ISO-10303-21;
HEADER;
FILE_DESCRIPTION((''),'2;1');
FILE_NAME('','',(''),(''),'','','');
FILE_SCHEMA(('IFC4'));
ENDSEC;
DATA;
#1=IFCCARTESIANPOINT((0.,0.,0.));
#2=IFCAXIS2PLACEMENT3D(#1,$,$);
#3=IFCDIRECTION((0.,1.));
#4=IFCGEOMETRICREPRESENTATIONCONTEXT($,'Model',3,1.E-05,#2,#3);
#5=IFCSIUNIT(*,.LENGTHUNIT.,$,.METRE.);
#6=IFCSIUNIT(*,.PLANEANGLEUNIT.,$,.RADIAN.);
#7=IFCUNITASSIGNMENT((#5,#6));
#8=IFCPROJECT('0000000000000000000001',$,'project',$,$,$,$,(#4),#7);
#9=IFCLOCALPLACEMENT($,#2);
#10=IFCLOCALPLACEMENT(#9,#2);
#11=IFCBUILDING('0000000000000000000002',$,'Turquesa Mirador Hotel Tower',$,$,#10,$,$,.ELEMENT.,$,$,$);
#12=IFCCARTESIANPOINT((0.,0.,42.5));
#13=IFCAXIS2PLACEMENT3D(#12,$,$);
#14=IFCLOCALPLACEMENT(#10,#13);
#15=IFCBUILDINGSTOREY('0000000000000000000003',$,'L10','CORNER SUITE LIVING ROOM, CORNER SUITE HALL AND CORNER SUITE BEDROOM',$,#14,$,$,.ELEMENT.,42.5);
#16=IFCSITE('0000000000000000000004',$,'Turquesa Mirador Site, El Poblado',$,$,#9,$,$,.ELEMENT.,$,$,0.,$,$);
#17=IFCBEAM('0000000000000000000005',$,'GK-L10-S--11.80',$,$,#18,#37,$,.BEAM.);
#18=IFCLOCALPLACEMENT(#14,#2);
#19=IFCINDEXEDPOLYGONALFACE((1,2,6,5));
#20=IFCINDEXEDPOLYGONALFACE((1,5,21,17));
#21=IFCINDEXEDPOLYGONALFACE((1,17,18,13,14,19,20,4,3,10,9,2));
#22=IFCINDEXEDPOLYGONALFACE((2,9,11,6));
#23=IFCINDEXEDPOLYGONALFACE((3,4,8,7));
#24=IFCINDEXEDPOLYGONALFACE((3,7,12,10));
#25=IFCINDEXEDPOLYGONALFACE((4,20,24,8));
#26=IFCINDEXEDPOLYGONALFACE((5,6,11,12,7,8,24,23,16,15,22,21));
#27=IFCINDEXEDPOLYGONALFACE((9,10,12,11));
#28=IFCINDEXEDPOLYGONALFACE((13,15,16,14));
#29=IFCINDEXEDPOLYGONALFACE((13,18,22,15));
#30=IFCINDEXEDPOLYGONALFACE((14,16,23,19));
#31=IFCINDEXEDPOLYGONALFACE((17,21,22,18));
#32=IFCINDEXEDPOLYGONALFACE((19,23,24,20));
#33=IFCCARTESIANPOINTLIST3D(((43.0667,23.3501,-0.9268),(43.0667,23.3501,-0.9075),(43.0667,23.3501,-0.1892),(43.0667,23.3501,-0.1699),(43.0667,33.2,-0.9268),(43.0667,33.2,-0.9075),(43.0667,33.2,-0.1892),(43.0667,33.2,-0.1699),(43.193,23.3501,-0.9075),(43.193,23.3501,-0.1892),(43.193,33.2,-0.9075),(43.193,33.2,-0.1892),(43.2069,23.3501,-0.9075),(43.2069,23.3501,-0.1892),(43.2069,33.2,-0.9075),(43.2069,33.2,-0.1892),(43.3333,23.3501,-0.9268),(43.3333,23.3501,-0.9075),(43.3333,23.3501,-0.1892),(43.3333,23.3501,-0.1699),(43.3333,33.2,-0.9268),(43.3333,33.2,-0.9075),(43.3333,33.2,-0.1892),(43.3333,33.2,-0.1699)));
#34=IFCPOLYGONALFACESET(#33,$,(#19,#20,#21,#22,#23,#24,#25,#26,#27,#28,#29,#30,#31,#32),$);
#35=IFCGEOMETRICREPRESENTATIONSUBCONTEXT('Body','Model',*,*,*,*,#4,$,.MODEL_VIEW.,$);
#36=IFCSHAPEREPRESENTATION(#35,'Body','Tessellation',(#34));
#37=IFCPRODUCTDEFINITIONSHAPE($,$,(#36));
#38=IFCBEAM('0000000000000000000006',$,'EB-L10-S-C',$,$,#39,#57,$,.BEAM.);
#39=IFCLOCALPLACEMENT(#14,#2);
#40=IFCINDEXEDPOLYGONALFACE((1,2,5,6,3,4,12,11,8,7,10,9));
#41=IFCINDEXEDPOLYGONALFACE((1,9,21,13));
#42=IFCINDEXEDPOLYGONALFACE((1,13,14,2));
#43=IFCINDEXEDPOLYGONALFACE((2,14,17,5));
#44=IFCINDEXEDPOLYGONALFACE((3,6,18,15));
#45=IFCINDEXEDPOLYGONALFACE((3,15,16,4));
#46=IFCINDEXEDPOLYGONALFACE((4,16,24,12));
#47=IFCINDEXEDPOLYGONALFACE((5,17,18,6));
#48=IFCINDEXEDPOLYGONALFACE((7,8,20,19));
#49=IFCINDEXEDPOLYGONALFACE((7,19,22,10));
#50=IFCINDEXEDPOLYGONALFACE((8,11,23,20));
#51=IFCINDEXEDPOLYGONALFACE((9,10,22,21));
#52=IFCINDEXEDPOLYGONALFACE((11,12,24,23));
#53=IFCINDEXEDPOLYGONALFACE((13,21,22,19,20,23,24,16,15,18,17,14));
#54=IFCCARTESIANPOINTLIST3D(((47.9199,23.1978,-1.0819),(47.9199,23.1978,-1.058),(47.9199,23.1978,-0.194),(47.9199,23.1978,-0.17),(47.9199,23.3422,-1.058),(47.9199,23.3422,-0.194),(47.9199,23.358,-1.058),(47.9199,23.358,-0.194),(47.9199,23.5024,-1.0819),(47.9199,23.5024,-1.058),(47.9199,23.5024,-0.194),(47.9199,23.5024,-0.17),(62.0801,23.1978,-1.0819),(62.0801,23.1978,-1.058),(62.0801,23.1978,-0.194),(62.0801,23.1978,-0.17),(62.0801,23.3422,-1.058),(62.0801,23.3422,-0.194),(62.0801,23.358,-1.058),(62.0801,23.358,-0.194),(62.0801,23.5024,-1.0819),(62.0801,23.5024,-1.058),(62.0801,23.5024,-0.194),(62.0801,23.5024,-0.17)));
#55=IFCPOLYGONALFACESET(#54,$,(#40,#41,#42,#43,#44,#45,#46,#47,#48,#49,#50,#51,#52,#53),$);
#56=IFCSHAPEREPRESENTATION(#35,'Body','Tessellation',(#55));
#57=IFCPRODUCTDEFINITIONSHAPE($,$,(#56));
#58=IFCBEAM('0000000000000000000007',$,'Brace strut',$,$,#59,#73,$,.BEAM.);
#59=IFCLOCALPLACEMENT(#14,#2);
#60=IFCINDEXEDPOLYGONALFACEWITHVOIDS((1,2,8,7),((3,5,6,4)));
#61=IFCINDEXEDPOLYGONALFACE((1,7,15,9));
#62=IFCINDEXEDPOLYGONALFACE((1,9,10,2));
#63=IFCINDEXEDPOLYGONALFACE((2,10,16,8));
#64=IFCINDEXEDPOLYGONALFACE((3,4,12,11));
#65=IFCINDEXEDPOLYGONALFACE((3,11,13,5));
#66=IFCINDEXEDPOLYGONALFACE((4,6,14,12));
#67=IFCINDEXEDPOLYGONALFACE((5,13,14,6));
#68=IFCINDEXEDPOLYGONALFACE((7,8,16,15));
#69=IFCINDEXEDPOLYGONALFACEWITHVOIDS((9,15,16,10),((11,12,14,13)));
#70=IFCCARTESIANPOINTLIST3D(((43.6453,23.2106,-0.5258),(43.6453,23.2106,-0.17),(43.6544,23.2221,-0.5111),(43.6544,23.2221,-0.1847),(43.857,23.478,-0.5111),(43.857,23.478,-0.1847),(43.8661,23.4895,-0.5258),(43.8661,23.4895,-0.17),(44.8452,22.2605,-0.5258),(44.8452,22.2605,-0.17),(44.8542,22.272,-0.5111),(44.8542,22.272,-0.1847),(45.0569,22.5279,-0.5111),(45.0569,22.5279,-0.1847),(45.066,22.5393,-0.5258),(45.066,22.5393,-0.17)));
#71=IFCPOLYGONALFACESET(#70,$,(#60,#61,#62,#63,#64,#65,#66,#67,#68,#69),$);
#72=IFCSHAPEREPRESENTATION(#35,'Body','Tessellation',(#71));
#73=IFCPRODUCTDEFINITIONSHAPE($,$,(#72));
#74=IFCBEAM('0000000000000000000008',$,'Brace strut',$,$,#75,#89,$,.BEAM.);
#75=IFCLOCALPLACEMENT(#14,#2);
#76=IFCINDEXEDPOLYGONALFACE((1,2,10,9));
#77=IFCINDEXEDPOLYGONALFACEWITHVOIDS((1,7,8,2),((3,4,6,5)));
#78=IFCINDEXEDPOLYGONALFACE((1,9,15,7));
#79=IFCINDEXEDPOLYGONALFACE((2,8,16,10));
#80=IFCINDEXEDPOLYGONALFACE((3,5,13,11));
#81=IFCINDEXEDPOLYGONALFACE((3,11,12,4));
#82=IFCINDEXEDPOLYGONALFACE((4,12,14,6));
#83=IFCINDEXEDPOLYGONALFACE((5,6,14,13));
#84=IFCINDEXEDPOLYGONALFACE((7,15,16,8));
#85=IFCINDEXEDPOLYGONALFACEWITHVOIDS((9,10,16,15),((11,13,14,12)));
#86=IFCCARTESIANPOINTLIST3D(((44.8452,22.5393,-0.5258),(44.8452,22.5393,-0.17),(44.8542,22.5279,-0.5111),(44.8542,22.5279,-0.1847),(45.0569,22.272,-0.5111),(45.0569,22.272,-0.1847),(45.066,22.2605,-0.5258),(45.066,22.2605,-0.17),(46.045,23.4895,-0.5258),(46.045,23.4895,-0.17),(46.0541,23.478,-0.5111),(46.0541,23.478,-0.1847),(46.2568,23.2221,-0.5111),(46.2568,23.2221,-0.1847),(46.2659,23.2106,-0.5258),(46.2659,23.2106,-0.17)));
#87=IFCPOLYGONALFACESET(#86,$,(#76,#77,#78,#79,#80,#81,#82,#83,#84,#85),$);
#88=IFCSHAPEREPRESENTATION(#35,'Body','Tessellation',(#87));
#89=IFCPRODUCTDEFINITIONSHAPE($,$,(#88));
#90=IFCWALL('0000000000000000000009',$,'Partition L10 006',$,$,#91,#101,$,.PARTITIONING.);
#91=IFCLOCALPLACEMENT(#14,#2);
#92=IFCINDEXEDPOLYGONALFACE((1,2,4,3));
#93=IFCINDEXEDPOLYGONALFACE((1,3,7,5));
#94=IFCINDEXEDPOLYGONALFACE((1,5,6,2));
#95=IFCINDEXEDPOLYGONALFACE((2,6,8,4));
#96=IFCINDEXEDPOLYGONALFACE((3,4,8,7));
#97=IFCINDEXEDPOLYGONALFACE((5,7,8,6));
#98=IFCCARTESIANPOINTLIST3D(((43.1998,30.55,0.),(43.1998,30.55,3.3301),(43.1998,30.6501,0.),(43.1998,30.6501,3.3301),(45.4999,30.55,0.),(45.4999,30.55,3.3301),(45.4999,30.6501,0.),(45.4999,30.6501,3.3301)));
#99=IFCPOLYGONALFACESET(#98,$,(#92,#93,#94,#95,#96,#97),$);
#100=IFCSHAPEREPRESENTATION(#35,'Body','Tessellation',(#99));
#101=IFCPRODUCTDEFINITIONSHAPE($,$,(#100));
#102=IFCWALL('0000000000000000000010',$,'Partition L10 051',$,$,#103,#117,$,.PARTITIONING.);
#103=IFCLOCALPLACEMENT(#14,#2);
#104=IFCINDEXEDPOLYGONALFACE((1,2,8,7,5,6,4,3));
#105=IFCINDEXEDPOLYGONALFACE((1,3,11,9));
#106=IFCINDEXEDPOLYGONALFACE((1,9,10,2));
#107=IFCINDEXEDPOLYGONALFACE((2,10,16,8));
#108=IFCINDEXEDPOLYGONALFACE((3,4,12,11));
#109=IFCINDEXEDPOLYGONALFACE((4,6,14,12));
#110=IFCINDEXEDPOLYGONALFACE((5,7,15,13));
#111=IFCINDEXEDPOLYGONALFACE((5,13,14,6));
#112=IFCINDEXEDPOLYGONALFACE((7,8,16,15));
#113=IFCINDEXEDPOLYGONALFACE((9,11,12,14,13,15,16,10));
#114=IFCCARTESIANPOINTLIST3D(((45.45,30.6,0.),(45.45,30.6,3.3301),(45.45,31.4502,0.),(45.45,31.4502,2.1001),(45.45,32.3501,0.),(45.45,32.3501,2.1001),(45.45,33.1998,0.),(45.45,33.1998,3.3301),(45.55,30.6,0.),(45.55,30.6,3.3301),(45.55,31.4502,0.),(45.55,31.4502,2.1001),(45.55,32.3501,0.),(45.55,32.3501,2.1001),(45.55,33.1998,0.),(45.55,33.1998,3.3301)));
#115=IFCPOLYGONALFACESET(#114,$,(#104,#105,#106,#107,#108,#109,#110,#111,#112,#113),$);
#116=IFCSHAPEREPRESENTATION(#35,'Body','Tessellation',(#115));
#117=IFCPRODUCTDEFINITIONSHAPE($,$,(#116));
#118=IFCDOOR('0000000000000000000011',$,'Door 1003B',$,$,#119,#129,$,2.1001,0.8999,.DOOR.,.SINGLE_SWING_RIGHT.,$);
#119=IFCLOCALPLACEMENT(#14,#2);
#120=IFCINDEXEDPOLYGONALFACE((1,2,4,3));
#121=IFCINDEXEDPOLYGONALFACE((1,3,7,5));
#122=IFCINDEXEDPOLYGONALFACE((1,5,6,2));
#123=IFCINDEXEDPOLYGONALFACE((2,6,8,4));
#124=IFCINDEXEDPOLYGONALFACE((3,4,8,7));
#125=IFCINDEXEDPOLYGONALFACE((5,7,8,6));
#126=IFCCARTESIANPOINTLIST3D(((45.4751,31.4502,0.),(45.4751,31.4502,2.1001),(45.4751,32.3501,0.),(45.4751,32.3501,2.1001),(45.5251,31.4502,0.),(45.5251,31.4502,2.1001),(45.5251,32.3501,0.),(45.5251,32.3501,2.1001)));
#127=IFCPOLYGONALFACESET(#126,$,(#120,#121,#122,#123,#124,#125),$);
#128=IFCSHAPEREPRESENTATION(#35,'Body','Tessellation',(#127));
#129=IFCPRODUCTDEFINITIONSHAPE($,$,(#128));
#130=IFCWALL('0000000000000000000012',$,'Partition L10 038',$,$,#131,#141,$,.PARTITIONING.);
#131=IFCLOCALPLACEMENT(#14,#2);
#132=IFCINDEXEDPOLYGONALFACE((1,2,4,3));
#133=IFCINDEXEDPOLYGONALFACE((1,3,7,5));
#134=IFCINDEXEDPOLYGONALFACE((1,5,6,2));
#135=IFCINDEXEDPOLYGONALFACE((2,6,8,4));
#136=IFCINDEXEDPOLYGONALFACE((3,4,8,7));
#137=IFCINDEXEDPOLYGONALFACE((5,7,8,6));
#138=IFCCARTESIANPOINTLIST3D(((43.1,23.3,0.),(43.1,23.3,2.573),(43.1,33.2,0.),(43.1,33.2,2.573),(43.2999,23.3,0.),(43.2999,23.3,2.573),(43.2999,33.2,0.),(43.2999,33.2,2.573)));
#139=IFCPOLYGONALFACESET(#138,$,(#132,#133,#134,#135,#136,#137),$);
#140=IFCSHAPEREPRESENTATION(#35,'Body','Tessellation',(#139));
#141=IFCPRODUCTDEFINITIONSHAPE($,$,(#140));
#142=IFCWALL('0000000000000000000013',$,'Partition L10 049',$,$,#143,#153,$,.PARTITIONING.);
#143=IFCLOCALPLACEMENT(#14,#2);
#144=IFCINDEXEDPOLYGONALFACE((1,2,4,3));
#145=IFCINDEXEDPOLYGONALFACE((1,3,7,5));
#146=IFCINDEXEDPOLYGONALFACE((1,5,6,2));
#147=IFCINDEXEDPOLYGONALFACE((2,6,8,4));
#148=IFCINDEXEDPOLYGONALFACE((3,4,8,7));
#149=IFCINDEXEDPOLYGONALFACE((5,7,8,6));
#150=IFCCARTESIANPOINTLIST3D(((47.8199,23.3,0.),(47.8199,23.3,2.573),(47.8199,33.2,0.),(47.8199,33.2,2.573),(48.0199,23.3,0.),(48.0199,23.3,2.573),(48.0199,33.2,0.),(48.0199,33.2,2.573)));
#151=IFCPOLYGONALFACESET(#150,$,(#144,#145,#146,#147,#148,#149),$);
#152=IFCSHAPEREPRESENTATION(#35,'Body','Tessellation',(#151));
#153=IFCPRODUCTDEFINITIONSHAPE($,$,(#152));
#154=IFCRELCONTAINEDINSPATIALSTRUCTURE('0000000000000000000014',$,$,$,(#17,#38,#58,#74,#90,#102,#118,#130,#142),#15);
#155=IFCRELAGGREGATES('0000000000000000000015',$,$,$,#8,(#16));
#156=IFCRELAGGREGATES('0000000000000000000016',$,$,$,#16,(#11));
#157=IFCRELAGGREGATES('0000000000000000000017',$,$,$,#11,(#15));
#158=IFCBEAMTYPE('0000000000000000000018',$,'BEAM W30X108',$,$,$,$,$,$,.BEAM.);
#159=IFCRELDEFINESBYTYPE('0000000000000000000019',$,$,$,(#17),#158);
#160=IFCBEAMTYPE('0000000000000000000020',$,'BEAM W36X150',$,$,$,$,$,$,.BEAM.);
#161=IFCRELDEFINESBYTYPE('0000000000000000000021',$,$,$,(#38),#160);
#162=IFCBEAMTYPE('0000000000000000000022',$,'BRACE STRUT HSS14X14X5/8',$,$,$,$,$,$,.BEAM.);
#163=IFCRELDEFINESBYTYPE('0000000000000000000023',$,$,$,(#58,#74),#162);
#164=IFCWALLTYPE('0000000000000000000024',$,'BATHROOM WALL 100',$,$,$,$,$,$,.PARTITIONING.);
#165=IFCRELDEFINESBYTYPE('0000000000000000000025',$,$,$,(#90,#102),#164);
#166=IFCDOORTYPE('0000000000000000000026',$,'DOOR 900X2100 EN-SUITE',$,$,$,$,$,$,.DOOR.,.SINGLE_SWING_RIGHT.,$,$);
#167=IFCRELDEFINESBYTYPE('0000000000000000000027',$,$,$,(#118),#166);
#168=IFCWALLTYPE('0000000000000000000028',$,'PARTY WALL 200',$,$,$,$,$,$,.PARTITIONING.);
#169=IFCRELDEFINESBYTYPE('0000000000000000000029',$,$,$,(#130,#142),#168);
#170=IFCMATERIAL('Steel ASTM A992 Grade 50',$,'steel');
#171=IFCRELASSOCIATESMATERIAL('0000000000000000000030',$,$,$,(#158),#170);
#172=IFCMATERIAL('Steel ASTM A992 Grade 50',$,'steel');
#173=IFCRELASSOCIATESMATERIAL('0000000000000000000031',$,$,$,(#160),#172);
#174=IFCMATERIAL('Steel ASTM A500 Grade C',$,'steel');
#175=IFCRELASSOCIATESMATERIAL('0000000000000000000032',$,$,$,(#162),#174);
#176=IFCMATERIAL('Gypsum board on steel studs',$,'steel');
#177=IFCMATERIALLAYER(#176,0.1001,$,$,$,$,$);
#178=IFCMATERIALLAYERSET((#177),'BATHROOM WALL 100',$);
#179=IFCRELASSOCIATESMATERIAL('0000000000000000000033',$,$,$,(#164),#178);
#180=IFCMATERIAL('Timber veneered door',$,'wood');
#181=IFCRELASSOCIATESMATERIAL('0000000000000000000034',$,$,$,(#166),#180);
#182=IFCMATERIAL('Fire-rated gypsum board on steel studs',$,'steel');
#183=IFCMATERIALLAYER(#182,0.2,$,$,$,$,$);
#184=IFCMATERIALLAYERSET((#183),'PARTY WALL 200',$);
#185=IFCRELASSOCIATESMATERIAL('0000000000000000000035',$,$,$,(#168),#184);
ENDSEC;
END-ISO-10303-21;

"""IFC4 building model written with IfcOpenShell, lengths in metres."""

from ifc_helpers import new_model, si_unit, direction, frame, frame_2d, origin, origin_2d, place, context, subcontext, project, spatial, rectangle, hollow_rectangle, i_section, extrude, material, layer, layer_set, material_profile, profile_set, type_object, element, fill, save


model = new_model("IFC4")

# Units and contexts
model_context = context("Model", 3, precision=1e-05, world=origin(), true_north=direction((0.0, 1.0)))
body_context = subcontext(model_context, "Body", "Model", "MODEL_VIEW")
ifc_project = project(units=[si_unit("LENGTHUNIT", "METRE"), si_unit("PLANEANGLEUNIT", "RADIAN")], contexts=[model_context])

# Site, building, storey
site_placement = place(None, origin())
site = spatial("IfcSite", under=ifc_project, at=site_placement, Name="Turquesa Mirador Site, El Poblado", CompositionType="ELEMENT", RefElevation=0.0)
building_placement = place(site_placement, origin())
building = spatial("IfcBuilding", under=site, at=building_placement, Name="Turquesa Mirador Hotel Tower", CompositionType="ELEMENT")
storey_placement = place(building_placement, frame((0.0, 0.0, 42.5)))
storey = spatial("IfcBuildingStorey", under=building, at=storey_placement, Name="L10", Description="CORNER SUITE LIVING ROOM, CORNER SUITE HALL AND CORNER SUITE BEDROOM", CompositionType="ELEMENT", Elevation=42.5)

# Beams
ifc_material_1 = material(Name="Steel ASTM A992 Grade 50", Category="steel")
ifc_material_profile_1 = material_profile(ifc_material_1, i_section(OverallWidth=0.2666, OverallDepth=0.7568, WebThickness=0.0139, FlangeThickness=0.0193, at=origin_2d()), Name="W30X108")
ifc_profile_set_1 = profile_set([ifc_material_profile_1], Name="Steel ASTM A992 Grade 50")
beam_type_1 = type_object("IfcBeamType", Name="BEAM W30X108", PredefinedType="BEAM", material=ifc_profile_set_1)
beam_1_placement = place(storey_placement, frame((43.2, 23.3501, -0.5483), z_axis=(0.0, 1.0, 0.0), x_axis=(-1.0, 0.0, 0.0)))
element("IfcBeam", 1, at=beam_1_placement, inside=storey, type_object=beam_type_1, Name="GK-L10-S--11.80", PredefinedType="BEAM", context=body_context, shape_type="SweptSolid", body=[
    extrude(i_section(OverallWidth=0.2666, OverallDepth=0.7568, WebThickness=0.0139, FlangeThickness=0.0193, at=origin_2d()), origin(), (0.0, 0.0, 1.0), 9.8499),
])
ifc_material_2 = material(Name="Steel ASTM A992 Grade 50", Category="steel")
ifc_material_profile_2 = material_profile(ifc_material_2, i_section(OverallWidth=0.3047, OverallDepth=0.9119, WebThickness=0.0159, FlangeThickness=0.0239, at=origin_2d()), Name="W36X150")
ifc_profile_set_2 = profile_set([ifc_material_profile_2], Name="Steel ASTM A992 Grade 50")
beam_type_2 = type_object("IfcBeamType", Name="BEAM W36X150", PredefinedType="BEAM", material=ifc_profile_set_2)
beam_2_placement = place(storey_placement, frame((47.9199, 23.3501, -0.626), z_axis=(1.0, 0.0, 0.0), x_axis=(0.0, 1.0, 0.0)))
element("IfcBeam", 2, at=beam_2_placement, inside=storey, type_object=beam_type_2, Name="EB-L10-S-C", PredefinedType="BEAM", context=body_context, shape_type="SweptSolid", body=[
    extrude(i_section(OverallWidth=0.3047, OverallDepth=0.9119, WebThickness=0.0159, FlangeThickness=0.0239, at=origin_2d()), origin(), (0.0, 0.0, 1.0), 14.1602),
])
ifc_material_3 = material(Name="Steel ASTM A500 Grade C", Category="steel")
ifc_material_profile_3 = material_profile(ifc_material_3, hollow_rectangle(XDim=0.3557, YDim=0.3557, WallThickness=0.0146, at=origin_2d()), Name="HSS14X14X5/8")
ifc_profile_set_3 = profile_set([ifc_material_profile_3], Name="Steel ASTM A500 Grade C")
beam_type_3 = type_object("IfcBeamType", Name="BRACE STRUT HSS14X14X5/8", PredefinedType="BEAM", material=ifc_profile_set_3)
for number, where, z_axis, x_axis, name in (
    (3, (44.9556, 22.3999, -0.3479), (-0.783971, 0.620797, 0.0), (-0.620797, -0.783971, 0.0), "Brace strut"),
    (4, (44.9556, 22.3999, -0.3479), (0.783971, 0.620797, 0.0), (-0.620797, 0.783971, 0.0), "Brace strut"),
):
    element("IfcBeam", number, at=place(storey_placement, frame(where, z_axis=z_axis, x_axis=x_axis)), inside=storey, type_object=beam_type_3, Name=name, PredefinedType="BEAM", context=body_context, shape_type="SweptSolid", body=[
        extrude(hollow_rectangle(XDim=0.3557, YDim=0.3557, WallThickness=0.0146, at=origin_2d()), origin(), (0.0, 0.0, 1.0), 1.5305),
    ])

# Wall
ifc_material_4 = material(Name="Gypsum board on steel studs", Category="steel")
ifc_layer_1 = layer(ifc_material_4, 0.1001)
ifc_layer_set_1 = layer_set([ifc_layer_1], Name="BATHROOM WALL 100")
wall_type_1 = type_object("IfcWallType", Name="BATHROOM WALL 100", PredefinedType="PARTITIONING", material=ifc_layer_set_1)
wall_1_placement = place(storey_placement, frame((43.2, 30.6001, 0.0), z_axis=(0.0, 0.0, 1.0), x_axis=(1.0, 0.0, 0.0)))
element("IfcWall", 5, at=wall_1_placement, inside=storey, type_object=wall_type_1, Name="Partition L10 006", PredefinedType="PARTITIONING", context=body_context, shape_type="SweptSolid", body=[
    extrude(rectangle(XDim=2.3, YDim=0.1001, at=frame_2d((1.1499, 0.0))), origin(), (0.0, 0.0, 1.0), 3.3301),
])

# Wall, opening, door
wall_2_placement = place(storey_placement, frame((45.5, 30.6001, 0.0), z_axis=(0.0, 0.0, 1.0), x_axis=(0.0, 1.0, 0.0)))
wall_2 = element("IfcWall", 6, at=wall_2_placement, inside=storey, type_object=wall_type_1, Name="Partition L10 051", PredefinedType="PARTITIONING", context=body_context, shape_type="SweptSolid", body=[
    extrude(rectangle(XDim=2.5999, YDim=0.1001, at=frame_2d((1.2998, 0.0))), origin(), (0.0, 0.0, 1.0), 3.3301),
])
opening_placement = place(wall_2_placement, frame((0.8501, 0.0, 0.0)))
opening = element("IfcOpeningElement", 7, at=opening_placement, cuts=wall_2, PredefinedType="OPENING", context=body_context, shape_type="SweptSolid", body=[
    extrude(rectangle(XDim=0.8999, YDim=2.1001, at=frame_2d((0.45, 1.05))), frame((0.0, 0.0601, 0.0), z_axis=(0.0, -1.0, 0.0), x_axis=(1.0, 0.0, 0.0)), (0.0, 0.0, 1.0), 0.1201),
])
ifc_material_5 = material(Name="Timber veneered door", Category="wood")
door_type = type_object("IfcDoorType", Name="DOOR 900X2100 EN-SUITE", OperationType="SINGLE_SWING_RIGHT", PredefinedType="DOOR", material=ifc_material_5)
door_placement = place(opening_placement, origin())
door = element("IfcDoor", 8, at=door_placement, inside=storey, type_object=door_type, Name="Door 1003B", OperationType="SINGLE_SWING_RIGHT", OverallHeight=2.1001, OverallWidth=0.8999, PredefinedType="DOOR", context=body_context, shape_type="SweptSolid", body=[
    extrude(rectangle(XDim=0.8999, YDim=2.1001, at=frame_2d((0.45, 1.05))), frame((0.0, 0.0249, 0.0), z_axis=(0.0, -1.0, 0.0), x_axis=(1.0, 0.0, 0.0)), (0.0, 0.0, 1.0), 0.05),
])
fill(opening, door)

# Walls
ifc_material_6 = material(Name="Fire-rated gypsum board on steel studs", Category="steel")
ifc_layer_2 = layer(ifc_material_6, 0.2)
ifc_layer_set_2 = layer_set([ifc_layer_2], Name="PARTY WALL 200")
wall_type_2 = type_object("IfcWallType", Name="PARTY WALL 200", PredefinedType="PARTITIONING", material=ifc_layer_set_2)
for number, where, z_axis, x_axis, name in (
    (9, (43.2, 23.3, 0.0), (0.0, 0.0, 1.0), (0.0, 1.0, 0.0), "Partition L10 038"),
    (10, (47.9199, 23.3, 0.0), (0.0, 0.0, 1.0), (0.0, 1.0, 0.0), "Partition L10 049"),
):
    element("IfcWall", number, at=place(storey_placement, frame(where, z_axis=z_axis, x_axis=x_axis)), inside=storey, type_object=wall_type_2, Name=name, PredefinedType="PARTITIONING", context=body_context, shape_type="SweptSolid", body=[
        extrude(rectangle(XDim=9.8999, YDim=0.2, at=frame_2d((4.95, 0.0))), origin(), (0.0, 0.0, 1.0), 2.573),
    ])

save(model, "model.ifc")
